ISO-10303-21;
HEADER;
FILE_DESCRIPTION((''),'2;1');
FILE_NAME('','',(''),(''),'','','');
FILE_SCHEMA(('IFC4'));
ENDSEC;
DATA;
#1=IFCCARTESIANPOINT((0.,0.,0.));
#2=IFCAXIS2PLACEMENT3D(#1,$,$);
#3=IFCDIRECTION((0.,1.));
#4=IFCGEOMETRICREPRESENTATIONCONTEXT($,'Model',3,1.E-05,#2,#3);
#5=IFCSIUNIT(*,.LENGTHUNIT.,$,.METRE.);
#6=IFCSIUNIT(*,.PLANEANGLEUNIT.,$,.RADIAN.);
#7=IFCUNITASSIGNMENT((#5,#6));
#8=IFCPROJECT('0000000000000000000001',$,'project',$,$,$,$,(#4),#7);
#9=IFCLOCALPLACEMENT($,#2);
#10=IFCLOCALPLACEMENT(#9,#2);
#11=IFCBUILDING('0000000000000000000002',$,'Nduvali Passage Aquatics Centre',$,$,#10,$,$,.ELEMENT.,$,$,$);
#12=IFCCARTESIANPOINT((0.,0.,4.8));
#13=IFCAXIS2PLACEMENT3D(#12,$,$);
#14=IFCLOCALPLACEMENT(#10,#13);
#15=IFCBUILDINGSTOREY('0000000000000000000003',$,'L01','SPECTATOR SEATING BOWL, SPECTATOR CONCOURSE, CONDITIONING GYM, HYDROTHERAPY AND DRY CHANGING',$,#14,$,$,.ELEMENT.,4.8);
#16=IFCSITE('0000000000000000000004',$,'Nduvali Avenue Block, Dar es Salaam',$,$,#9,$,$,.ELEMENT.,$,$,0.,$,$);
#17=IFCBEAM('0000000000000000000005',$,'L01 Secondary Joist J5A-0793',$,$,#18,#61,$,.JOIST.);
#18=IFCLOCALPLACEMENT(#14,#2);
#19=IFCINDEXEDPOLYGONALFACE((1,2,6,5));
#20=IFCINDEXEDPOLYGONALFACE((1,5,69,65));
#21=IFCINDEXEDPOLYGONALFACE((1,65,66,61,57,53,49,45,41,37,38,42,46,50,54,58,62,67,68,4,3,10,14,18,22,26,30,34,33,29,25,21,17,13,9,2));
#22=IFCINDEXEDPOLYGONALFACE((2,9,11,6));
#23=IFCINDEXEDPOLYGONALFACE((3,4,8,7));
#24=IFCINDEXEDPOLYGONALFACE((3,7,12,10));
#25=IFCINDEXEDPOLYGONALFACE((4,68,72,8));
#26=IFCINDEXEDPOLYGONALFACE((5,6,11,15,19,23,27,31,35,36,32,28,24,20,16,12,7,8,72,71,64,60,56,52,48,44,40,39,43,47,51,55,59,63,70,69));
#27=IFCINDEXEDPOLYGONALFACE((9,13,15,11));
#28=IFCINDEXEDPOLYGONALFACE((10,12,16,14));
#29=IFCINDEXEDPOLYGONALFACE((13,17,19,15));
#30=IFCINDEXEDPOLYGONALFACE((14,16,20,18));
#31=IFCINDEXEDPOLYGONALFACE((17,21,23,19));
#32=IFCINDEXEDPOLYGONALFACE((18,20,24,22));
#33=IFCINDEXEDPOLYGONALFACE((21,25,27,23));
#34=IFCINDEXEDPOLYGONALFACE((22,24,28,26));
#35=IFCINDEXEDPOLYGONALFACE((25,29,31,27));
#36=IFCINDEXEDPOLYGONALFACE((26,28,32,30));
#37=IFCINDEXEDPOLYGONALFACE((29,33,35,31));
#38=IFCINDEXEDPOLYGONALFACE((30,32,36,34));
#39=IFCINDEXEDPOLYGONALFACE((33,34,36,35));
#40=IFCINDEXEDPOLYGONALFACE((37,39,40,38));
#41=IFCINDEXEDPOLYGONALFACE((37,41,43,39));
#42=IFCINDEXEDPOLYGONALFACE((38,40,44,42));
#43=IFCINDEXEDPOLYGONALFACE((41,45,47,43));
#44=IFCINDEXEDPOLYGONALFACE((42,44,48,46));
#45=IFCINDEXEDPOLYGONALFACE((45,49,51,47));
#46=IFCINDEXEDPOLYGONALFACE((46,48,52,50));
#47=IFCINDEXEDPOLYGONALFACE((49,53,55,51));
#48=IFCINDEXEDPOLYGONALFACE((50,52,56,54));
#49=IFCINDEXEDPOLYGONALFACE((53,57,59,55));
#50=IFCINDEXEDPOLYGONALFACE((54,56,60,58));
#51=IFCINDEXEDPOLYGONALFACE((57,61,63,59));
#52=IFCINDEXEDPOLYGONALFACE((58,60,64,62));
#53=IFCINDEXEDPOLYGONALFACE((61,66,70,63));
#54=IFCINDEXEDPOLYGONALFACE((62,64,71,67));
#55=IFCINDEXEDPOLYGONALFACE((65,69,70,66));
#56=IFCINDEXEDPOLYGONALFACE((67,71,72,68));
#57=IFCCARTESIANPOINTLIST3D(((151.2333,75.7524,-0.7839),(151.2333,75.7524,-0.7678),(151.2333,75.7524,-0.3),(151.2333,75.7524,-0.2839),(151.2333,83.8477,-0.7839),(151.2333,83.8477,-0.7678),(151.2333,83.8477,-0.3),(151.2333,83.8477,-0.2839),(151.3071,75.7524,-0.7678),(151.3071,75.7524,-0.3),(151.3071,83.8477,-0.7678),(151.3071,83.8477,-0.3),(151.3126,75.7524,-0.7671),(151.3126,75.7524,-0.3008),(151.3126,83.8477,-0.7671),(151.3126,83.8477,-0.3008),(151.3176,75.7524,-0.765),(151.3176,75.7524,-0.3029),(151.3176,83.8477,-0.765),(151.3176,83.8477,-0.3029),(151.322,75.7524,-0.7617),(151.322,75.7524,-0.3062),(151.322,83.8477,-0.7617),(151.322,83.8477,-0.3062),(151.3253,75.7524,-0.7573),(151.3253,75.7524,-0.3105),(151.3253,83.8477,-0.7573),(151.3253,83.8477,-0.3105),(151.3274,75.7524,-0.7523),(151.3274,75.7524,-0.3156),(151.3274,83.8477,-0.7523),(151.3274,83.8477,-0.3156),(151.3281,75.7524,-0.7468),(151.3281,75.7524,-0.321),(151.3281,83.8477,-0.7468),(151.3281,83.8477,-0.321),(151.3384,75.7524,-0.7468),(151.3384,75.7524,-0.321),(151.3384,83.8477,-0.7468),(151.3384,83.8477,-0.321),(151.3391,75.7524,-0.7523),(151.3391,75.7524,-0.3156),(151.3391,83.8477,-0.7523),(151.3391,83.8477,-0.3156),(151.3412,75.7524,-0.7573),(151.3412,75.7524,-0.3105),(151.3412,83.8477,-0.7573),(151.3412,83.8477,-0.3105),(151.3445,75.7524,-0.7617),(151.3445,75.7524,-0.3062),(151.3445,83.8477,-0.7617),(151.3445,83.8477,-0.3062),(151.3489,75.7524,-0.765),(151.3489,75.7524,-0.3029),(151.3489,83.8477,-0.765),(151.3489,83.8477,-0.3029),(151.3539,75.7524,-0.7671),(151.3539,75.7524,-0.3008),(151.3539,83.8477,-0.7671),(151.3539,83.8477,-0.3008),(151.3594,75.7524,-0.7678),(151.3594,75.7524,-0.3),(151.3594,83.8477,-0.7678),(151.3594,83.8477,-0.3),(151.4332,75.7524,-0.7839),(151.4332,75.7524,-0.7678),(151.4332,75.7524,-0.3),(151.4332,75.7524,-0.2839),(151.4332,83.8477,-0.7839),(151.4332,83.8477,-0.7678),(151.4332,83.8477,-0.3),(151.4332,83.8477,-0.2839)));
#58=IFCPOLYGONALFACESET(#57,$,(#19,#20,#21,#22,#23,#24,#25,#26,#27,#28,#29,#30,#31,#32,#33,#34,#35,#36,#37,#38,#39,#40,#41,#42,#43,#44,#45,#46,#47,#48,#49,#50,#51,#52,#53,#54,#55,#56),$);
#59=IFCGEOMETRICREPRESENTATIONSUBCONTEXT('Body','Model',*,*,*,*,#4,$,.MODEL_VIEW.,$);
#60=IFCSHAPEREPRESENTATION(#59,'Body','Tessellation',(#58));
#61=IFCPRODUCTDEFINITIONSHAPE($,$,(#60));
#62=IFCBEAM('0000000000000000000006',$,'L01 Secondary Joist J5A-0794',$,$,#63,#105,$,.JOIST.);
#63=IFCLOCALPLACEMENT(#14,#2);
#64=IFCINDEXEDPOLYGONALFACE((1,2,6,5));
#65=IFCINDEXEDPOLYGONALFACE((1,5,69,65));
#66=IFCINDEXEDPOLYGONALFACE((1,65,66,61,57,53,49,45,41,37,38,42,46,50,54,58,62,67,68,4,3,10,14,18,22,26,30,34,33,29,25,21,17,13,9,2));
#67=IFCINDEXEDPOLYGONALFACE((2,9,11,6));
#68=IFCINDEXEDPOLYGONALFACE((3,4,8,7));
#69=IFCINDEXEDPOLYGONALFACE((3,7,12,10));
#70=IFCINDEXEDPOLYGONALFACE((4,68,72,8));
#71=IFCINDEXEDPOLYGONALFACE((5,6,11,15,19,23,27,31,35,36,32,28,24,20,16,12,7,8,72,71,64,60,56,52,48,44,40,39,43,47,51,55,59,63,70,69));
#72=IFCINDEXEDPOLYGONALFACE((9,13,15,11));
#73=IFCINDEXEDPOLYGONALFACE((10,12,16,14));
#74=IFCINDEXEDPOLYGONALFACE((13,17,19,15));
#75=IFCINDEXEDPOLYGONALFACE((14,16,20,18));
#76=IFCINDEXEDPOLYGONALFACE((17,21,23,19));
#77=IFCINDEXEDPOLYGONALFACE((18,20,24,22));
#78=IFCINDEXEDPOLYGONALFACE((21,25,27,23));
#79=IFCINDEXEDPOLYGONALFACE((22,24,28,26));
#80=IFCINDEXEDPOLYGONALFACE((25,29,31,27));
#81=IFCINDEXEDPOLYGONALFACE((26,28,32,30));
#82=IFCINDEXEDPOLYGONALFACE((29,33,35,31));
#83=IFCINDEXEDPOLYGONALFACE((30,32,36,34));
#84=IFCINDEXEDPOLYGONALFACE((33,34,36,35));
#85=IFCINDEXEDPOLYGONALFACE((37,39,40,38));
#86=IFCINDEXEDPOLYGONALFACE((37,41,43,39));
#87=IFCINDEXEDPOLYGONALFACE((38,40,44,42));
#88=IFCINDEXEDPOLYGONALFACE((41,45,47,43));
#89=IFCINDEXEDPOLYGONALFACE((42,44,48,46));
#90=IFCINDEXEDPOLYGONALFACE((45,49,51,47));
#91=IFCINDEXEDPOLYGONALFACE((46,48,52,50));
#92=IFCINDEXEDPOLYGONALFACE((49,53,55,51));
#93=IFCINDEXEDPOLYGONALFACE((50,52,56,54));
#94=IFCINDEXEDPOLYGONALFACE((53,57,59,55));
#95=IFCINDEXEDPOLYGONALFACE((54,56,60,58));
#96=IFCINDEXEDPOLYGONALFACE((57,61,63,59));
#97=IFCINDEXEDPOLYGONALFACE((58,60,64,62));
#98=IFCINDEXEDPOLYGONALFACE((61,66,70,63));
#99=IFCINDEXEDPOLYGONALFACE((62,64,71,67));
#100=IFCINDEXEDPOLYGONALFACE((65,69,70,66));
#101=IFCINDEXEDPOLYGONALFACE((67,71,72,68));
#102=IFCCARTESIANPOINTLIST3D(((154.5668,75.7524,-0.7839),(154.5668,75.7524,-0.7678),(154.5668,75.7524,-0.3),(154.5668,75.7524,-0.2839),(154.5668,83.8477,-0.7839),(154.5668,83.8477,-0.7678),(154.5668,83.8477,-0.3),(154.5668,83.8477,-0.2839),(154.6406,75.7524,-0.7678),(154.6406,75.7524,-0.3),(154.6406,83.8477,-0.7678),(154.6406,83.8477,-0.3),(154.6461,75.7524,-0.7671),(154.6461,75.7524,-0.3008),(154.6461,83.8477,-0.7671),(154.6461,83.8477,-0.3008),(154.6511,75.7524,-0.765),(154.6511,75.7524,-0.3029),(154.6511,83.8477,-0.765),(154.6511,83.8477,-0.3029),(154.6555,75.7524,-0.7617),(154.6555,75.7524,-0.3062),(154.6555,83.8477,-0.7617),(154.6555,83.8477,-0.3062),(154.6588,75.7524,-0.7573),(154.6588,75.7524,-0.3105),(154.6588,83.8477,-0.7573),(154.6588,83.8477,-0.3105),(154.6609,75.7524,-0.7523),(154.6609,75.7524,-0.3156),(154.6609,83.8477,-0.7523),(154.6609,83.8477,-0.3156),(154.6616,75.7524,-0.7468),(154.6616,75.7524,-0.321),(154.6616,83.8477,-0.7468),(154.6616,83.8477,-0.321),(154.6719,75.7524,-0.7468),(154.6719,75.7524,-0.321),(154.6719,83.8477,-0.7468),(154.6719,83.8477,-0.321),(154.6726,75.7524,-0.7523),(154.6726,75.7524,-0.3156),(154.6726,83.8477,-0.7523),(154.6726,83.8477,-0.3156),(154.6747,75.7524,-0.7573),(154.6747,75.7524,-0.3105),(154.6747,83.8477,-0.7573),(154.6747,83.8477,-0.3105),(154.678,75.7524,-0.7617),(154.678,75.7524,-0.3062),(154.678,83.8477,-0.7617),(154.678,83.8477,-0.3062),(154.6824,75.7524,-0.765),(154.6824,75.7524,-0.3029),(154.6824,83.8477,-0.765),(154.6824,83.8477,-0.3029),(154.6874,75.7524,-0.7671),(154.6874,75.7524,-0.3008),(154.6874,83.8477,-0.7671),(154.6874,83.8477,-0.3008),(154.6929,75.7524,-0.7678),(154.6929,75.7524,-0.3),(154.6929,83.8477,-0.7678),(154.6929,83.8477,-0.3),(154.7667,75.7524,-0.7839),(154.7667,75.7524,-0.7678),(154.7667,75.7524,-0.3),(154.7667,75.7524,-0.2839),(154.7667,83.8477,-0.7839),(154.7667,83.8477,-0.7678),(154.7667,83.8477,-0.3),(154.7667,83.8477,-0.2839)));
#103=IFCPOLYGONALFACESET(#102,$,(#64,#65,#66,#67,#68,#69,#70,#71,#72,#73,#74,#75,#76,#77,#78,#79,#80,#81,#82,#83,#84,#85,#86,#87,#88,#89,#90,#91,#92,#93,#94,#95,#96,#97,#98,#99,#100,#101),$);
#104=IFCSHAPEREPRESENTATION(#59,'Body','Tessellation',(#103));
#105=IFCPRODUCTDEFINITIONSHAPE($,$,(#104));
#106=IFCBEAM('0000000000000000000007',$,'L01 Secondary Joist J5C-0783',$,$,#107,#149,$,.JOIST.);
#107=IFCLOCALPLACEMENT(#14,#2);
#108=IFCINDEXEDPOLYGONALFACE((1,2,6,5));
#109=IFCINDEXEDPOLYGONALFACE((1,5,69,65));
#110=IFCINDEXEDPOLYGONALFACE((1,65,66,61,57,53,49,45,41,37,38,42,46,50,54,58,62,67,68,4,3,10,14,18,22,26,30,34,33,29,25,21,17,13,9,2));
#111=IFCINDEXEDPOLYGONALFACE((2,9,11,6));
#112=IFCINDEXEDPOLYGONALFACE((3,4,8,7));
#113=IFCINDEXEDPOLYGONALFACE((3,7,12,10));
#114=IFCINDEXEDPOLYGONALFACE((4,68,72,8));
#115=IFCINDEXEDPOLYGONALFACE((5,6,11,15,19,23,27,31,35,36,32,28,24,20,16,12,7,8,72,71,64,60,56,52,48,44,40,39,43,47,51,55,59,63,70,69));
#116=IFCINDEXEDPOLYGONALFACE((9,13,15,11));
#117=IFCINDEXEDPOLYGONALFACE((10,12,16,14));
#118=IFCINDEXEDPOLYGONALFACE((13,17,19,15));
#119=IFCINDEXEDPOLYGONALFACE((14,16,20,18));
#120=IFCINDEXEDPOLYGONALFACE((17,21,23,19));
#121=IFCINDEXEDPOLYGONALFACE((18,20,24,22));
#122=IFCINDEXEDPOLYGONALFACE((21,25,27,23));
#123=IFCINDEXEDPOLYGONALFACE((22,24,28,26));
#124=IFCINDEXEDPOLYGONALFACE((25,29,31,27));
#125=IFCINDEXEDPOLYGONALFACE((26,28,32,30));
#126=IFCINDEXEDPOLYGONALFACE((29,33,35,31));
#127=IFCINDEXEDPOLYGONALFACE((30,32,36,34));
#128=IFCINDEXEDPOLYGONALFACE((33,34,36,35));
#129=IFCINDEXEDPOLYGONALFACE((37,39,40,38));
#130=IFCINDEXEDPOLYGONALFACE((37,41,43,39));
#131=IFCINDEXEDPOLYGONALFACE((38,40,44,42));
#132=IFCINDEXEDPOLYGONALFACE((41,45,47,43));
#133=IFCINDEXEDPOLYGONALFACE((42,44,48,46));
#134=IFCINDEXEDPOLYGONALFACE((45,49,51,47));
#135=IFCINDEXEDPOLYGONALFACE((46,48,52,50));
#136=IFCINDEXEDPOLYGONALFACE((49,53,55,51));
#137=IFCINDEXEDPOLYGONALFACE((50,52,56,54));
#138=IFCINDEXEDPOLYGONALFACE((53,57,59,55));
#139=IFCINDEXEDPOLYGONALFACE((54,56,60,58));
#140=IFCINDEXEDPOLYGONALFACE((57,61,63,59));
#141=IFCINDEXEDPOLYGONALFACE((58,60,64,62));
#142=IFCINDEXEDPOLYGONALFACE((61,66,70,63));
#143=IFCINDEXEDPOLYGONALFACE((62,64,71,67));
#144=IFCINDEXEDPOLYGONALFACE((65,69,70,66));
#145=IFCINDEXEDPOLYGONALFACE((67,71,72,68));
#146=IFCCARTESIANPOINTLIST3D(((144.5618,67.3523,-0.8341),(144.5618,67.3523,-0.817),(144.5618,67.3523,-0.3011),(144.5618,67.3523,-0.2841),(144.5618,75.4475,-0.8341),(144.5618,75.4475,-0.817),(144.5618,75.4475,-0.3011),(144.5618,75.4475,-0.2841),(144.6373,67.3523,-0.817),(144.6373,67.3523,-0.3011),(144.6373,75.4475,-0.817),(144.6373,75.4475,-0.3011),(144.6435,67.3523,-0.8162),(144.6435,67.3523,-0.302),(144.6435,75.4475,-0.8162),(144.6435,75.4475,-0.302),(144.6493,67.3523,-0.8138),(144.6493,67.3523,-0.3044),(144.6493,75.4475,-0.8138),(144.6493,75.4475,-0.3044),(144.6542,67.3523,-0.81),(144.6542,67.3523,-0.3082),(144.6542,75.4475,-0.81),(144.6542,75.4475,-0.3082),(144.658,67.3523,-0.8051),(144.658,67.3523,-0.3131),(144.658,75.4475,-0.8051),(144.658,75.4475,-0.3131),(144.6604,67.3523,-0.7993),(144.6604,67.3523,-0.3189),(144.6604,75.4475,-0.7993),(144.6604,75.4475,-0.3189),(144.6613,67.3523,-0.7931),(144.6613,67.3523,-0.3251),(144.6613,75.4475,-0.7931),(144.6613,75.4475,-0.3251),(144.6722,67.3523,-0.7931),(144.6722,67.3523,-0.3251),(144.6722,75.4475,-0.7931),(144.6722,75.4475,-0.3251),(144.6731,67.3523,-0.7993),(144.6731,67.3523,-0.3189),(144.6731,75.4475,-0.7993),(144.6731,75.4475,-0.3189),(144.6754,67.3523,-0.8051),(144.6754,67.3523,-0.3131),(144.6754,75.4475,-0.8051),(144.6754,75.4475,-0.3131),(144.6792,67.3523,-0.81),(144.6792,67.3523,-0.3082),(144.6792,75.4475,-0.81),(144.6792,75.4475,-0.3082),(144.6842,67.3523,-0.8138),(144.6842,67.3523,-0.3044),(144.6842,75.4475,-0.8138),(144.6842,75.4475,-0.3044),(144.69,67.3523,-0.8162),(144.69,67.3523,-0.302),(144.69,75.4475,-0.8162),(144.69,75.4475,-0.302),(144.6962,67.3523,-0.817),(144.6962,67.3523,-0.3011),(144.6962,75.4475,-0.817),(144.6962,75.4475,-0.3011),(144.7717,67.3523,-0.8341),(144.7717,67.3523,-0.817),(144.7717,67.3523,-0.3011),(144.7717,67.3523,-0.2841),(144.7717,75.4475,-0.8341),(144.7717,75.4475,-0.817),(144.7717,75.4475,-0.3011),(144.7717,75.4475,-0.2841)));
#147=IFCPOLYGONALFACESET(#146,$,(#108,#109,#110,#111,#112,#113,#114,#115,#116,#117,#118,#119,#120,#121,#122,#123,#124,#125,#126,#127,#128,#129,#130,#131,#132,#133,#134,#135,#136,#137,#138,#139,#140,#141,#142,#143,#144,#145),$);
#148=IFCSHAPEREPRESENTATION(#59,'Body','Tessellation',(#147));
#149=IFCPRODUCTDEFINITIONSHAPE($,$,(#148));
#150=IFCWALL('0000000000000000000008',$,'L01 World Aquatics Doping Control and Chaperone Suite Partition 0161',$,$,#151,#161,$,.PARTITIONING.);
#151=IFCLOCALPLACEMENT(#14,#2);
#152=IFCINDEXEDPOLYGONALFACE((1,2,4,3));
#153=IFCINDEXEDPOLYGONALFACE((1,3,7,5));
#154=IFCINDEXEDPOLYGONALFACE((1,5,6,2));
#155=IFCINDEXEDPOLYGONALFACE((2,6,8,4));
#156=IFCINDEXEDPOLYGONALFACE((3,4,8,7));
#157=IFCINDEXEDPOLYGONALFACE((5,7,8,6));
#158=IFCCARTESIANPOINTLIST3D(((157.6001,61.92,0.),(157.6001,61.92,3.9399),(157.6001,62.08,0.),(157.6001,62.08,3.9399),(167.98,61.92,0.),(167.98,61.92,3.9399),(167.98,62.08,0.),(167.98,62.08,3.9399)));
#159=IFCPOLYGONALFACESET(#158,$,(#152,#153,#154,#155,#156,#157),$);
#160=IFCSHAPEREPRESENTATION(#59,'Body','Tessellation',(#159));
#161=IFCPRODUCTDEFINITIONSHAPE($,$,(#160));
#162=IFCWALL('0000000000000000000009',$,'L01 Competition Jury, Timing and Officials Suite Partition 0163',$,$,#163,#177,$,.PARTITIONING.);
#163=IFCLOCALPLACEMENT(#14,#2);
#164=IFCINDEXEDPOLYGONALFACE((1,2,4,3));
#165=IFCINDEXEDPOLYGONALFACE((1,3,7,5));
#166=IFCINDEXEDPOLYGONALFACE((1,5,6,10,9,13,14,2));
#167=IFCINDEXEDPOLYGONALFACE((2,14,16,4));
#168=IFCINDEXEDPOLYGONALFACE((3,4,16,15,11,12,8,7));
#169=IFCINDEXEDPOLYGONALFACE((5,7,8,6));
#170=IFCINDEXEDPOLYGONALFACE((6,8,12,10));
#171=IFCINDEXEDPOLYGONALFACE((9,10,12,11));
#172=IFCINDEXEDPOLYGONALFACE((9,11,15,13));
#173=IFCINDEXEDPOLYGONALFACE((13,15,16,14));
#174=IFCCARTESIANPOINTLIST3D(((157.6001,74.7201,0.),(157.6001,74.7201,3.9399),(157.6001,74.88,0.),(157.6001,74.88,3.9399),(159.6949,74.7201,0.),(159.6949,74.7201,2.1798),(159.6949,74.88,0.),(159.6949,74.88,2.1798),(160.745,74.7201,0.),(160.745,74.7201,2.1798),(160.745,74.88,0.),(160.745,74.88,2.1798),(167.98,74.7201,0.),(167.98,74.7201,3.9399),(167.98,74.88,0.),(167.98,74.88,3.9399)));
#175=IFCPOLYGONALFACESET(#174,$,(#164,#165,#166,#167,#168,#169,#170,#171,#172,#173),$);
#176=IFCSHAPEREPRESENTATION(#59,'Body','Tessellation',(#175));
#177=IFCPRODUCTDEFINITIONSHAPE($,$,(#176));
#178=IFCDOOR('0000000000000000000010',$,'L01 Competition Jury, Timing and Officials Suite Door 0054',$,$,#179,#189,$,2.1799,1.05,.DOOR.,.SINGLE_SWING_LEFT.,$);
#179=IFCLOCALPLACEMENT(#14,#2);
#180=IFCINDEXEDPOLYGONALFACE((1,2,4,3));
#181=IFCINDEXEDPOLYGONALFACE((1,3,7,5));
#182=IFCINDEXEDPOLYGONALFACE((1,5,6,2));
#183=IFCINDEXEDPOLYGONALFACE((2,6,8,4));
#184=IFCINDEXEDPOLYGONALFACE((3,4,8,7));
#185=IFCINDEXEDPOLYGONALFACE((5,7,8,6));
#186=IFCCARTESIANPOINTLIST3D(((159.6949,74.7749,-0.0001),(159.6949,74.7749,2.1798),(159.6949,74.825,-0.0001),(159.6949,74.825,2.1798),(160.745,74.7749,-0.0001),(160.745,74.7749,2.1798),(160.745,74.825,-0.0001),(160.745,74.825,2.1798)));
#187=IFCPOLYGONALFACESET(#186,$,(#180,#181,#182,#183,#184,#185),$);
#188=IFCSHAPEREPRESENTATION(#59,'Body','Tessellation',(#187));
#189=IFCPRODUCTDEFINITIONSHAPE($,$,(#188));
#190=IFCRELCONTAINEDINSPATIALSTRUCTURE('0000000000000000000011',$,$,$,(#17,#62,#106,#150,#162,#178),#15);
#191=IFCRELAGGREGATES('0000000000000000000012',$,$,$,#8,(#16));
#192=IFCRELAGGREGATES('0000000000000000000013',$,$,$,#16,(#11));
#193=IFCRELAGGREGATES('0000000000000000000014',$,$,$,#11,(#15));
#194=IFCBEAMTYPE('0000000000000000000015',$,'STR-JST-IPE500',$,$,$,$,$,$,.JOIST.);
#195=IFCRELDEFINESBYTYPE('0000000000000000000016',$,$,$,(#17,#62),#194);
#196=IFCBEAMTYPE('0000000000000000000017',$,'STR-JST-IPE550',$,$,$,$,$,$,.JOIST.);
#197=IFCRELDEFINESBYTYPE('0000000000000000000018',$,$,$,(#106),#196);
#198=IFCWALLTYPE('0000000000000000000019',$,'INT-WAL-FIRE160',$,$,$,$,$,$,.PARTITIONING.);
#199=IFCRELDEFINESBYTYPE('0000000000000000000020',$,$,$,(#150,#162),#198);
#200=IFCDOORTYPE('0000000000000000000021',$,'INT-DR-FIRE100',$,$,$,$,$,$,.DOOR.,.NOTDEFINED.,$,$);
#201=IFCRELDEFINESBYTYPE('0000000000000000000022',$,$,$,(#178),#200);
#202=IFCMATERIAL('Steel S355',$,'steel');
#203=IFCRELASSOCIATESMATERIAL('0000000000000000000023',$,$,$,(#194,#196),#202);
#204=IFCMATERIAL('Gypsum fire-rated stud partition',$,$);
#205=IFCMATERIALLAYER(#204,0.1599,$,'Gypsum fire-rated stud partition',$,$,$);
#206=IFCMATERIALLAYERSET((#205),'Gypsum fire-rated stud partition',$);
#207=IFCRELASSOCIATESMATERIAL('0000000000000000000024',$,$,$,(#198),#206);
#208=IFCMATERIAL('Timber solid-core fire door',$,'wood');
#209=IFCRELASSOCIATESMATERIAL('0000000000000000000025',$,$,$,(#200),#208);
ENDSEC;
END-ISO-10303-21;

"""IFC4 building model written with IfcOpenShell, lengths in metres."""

from ifc_helpers import new_model, si_unit, direction, frame, frame_2d, origin, origin_2d, place, context, subcontext, project, spatial, rectangle, i_section, extrude, material, layer, layer_set, material_profile, profile_set, type_object, element, fill, save


model = new_model("IFC4")

# Units and contexts
model_context = context("Model", 3, precision=1e-05, world=origin(), true_north=direction((0.0, 1.0)))
body_context = subcontext(model_context, "Body", "Model", "MODEL_VIEW")
ifc_project = project(units=[si_unit("LENGTHUNIT", "METRE"), si_unit("PLANEANGLEUNIT", "RADIAN")], contexts=[model_context])

# Site, building, storey
site_placement = place(None, origin())
site = spatial("IfcSite", under=ifc_project, at=site_placement, Name="Nduvali Avenue Block, Dar es Salaam", CompositionType="ELEMENT", RefElevation=0.0)
building_placement = place(site_placement, origin())
building = spatial("IfcBuilding", under=site, at=building_placement, Name="Nduvali Passage Aquatics Centre", CompositionType="ELEMENT")
storey_placement = place(building_placement, frame((0.0, 0.0, 4.8)))
storey = spatial("IfcBuildingStorey", under=building, at=storey_placement, Name="L01", Description="SPECTATOR SEATING BOWL, SPECTATOR CONCOURSE, CONDITIONING GYM, HYDROTHERAPY AND DRY CHANGING", CompositionType="ELEMENT", Elevation=4.8)

# Shared definitions
ifc_material_1 = material(Name="Steel S355", Category="steel")

# Beams
ifc_material_profile_1 = material_profile(ifc_material_1, i_section(OverallWidth=0.2, OverallDepth=0.5, WebThickness=0.0103, FlangeThickness=0.0161, FilletRadius=0.021, at=origin_2d()), Name="IPE 500")
ifc_profile_set_1 = profile_set([ifc_material_profile_1], Name="Steel S355")
beam_type_1 = type_object("IfcBeamType", Name="STR-JST-IPE500", PredefinedType="JOIST", material=ifc_profile_set_1)
for number, where, z_axis, x_axis, name in (
    (1, (151.3333, 75.7524, -0.5339), (0.0, 1.0, 0.0), (-1.0, 0.0, 0.0), "L01 Secondary Joist J5A-0793"),
    (2, (154.6667, 75.7524, -0.5339), (0.0, 1.0, 0.0), (-1.0, 0.0, 0.0), "L01 Secondary Joist J5A-0794"),
):
    element("IfcBeam", number, at=place(storey_placement, frame(where, z_axis=z_axis, x_axis=x_axis)), inside=storey, type_object=beam_type_1, Name=name, PredefinedType="JOIST", context=body_context, shape_type="SweptSolid", body=[
        extrude(i_section(OverallWidth=0.2, OverallDepth=0.5, WebThickness=0.0103, FlangeThickness=0.0161, FilletRadius=0.021, at=origin_2d()), origin(), (0.0, 0.0, 1.0), 8.0952),
    ])
ifc_material_profile_2 = material_profile(ifc_material_1, i_section(OverallWidth=0.21, OverallDepth=0.55, WebThickness=0.011, FlangeThickness=0.0171, FilletRadius=0.0239, at=origin_2d()), Name="IPE 550")
ifc_profile_set_2 = profile_set([ifc_material_profile_2], Name="Steel S355")
beam_type_2 = type_object("IfcBeamType", Name="STR-JST-IPE550", PredefinedType="JOIST", material=ifc_profile_set_2)
beam_1_placement = place(storey_placement, frame((144.6667, 67.3523, -0.5591), z_axis=(0.0, 1.0, 0.0), x_axis=(-1.0, 0.0, 0.0)))
element("IfcBeam", 3, at=beam_1_placement, inside=storey, type_object=beam_type_2, Name="L01 Secondary Joist J5C-0783", PredefinedType="JOIST", context=body_context, shape_type="SweptSolid", body=[
    extrude(i_section(OverallWidth=0.21, OverallDepth=0.55, WebThickness=0.011, FlangeThickness=0.0171, FilletRadius=0.0239, at=origin_2d()), origin(), (0.0, 0.0, 1.0), 8.0952),
])

# Wall
ifc_material_2 = material(Name="Gypsum fire-rated stud partition")
ifc_layer = layer(ifc_material_2, 0.1599, Name="Gypsum fire-rated stud partition")
ifc_layer_set = layer_set([ifc_layer], Name="Gypsum fire-rated stud partition")
wall_type = type_object("IfcWallType", Name="INT-WAL-FIRE160", PredefinedType="PARTITIONING", material=ifc_layer_set)
wall_1_placement = place(storey_placement, frame((157.6001, 62.0, 0.0), z_axis=(0.0, 0.0, 1.0), x_axis=(1.0, 0.0, 0.0)))
element("IfcWall", 4, at=wall_1_placement, inside=storey, type_object=wall_type, Name="L01 World Aquatics Doping Control and Chaperone Suite Partition 0161", PredefinedType="PARTITIONING", context=body_context, shape_type="SweptSolid", body=[
    extrude(rectangle(XDim=10.3799, YDim=0.1599, at=frame_2d((5.1899, 0.0))), origin(), (0.0, 0.0, 1.0), 3.9399),
])

# Wall, opening, door
wall_2_placement = place(storey_placement, frame((157.6001, 74.8, 0.0), z_axis=(0.0, 0.0, 1.0), x_axis=(1.0, 0.0, 0.0)))
wall_2 = element("IfcWall", 5, at=wall_2_placement, inside=storey, type_object=wall_type, Name="L01 Competition Jury, Timing and Officials Suite Partition 0163", PredefinedType="PARTITIONING", context=body_context, shape_type="SweptSolid", body=[
    extrude(rectangle(XDim=10.3799, YDim=0.1599, at=frame_2d((5.1899, 0.0))), origin(), (0.0, 0.0, 1.0), 3.9399),
])
opening_placement = place(wall_2_placement, frame((2.095, 0.0, 0.0)))
opening = element("IfcOpeningElement", 6, at=opening_placement, cuts=wall_2, PredefinedType="OPENING", context=body_context, shape_type="SweptSolid", body=[
    extrude(rectangle(XDim=1.05, YDim=2.1799, at=frame_2d((0.5249, 1.0898))), frame((0.0, 0.0947, 0.0), z_axis=(0.0, -1.0, 0.0), x_axis=(1.0, 0.0, 0.0)), (0.0, 0.0, 1.0), 0.1897),
])
ifc_material_3 = material(Name="Timber solid-core fire door", Category="wood")
door_type = type_object("IfcDoorType", Name="INT-DR-FIRE100", OperationType="NOTDEFINED", PredefinedType="DOOR", material=ifc_material_3)
door_placement = place(opening_placement, origin())
door = element("IfcDoor", 7, at=door_placement, inside=storey, type_object=door_type, Name="L01 Competition Jury, Timing and Officials Suite Door 0054", OperationType="SINGLE_SWING_LEFT", OverallHeight=2.1799, OverallWidth=1.05, PredefinedType="DOOR", context=body_context, shape_type="SweptSolid", body=[
    extrude(rectangle(XDim=1.05, YDim=2.1799, at=frame_2d((0.5249, 1.0898))), frame((0.0, 0.0249, 0.0), z_axis=(0.0, -1.0, 0.0), x_axis=(1.0, 0.0, 0.0)), (0.0, 0.0, 1.0), 0.05),
])
fill(opening, door)

save(model, "model.ifc")
